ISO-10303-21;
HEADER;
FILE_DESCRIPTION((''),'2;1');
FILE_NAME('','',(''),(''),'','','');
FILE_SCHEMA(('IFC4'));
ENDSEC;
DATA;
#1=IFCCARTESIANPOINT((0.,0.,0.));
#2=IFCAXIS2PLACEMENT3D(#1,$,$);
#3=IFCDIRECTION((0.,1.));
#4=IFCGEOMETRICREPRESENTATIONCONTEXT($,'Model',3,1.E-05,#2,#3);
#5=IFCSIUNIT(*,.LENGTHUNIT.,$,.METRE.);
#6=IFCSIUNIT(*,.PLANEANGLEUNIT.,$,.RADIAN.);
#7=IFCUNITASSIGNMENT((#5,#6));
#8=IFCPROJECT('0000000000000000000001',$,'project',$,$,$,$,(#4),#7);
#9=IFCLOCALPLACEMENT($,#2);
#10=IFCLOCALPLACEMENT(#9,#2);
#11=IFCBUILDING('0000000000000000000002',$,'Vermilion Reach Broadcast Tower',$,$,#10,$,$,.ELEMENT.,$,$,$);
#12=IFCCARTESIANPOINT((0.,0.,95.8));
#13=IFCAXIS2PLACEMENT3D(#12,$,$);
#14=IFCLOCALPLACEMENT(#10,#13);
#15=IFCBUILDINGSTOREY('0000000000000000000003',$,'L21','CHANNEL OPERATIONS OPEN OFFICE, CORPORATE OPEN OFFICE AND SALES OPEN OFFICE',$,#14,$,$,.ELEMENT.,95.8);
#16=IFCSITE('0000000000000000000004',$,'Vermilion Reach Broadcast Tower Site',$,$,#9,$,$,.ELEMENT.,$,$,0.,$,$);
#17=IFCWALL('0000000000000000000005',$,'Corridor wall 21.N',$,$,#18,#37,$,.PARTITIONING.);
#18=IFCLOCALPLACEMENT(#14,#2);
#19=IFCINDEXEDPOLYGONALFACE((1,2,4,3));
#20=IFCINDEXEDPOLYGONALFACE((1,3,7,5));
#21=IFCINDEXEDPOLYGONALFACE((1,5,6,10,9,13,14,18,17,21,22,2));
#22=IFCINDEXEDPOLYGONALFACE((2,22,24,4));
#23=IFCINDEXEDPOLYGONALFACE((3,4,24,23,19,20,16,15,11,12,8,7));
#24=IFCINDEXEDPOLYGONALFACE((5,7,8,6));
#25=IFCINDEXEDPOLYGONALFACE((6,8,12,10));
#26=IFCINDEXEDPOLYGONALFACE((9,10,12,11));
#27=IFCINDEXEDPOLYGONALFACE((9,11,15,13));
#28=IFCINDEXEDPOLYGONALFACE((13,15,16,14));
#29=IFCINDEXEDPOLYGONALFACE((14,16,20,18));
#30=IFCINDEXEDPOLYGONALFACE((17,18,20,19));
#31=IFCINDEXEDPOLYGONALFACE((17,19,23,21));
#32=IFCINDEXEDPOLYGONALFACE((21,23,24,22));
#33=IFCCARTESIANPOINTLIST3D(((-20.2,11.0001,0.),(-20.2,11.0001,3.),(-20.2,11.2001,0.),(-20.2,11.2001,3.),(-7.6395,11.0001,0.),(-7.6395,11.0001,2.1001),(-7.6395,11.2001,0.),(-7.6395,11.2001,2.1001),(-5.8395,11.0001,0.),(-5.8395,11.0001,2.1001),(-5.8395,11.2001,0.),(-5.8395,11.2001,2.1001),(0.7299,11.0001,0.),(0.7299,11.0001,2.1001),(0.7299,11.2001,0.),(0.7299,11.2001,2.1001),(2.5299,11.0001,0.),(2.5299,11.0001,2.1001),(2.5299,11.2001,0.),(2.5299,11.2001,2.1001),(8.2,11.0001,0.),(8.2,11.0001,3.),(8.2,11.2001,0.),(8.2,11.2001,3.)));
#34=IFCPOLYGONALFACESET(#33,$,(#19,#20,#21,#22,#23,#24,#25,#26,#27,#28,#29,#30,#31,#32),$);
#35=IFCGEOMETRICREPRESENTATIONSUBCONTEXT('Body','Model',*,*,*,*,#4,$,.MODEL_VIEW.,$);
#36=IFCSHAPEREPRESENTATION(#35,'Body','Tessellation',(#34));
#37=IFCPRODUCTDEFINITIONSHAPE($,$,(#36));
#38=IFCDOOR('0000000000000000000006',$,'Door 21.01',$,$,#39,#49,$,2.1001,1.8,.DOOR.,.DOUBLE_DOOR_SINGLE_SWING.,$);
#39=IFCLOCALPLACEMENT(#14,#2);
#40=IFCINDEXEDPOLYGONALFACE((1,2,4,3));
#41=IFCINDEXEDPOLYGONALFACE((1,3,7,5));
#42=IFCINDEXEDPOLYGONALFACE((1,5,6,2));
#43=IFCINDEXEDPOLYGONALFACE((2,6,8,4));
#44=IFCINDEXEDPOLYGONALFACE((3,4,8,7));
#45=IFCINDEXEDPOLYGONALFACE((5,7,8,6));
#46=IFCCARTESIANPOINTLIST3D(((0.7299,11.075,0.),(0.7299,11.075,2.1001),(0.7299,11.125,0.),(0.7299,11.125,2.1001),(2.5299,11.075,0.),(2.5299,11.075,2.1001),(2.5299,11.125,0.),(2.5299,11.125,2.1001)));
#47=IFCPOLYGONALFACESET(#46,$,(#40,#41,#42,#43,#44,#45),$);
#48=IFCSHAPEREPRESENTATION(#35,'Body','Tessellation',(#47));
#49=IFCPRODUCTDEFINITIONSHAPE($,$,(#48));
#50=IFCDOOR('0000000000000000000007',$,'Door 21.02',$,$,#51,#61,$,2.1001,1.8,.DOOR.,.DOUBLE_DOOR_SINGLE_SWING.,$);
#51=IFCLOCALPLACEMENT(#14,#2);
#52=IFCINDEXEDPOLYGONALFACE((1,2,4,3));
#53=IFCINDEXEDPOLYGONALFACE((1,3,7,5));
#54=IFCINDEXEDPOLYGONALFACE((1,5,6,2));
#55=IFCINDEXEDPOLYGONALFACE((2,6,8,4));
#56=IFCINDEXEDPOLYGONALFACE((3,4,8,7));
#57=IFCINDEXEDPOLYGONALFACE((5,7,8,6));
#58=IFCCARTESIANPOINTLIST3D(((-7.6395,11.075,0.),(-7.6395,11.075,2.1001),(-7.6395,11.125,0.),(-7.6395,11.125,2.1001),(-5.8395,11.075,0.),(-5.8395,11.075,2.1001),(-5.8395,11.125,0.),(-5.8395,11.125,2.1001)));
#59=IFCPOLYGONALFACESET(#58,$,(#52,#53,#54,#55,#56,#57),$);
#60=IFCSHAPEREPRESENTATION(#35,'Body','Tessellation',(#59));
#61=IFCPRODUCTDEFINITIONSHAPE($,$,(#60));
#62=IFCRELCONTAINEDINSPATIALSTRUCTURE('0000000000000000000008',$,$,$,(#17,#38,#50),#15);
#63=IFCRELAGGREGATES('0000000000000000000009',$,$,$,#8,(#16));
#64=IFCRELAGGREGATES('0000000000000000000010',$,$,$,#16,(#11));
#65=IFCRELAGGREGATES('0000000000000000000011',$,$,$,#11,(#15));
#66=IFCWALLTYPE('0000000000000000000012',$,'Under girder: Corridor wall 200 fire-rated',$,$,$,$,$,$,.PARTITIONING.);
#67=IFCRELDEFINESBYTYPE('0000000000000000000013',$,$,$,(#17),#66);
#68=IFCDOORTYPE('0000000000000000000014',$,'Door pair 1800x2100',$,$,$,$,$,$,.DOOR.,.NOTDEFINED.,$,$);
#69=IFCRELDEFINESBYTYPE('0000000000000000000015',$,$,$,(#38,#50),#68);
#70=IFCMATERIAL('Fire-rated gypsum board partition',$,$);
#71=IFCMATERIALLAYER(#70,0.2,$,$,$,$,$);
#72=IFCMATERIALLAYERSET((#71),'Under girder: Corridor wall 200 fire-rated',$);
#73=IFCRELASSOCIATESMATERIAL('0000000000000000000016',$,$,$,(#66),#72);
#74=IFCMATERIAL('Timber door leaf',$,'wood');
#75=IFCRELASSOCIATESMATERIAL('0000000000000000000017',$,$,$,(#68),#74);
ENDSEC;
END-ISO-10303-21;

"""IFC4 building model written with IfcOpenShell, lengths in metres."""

from ifc_helpers import new_model, si_unit, direction, frame, frame_2d, origin, place, context, subcontext, project, spatial, rectangle, extrude, material, layer, layer_set, type_object, element, fill, save


model = new_model("IFC4")

# Units and contexts
model_context = context("Model", 3, precision=1e-05, world=origin(), true_north=direction((0.0, 1.0)))
body_context = subcontext(model_context, "Body", "Model", "MODEL_VIEW")
ifc_project = project(units=[si_unit("LENGTHUNIT", "METRE"), si_unit("PLANEANGLEUNIT", "RADIAN")], contexts=[model_context])

# Site, building, storey
site_placement = place(None, origin())
site = spatial("IfcSite", under=ifc_project, at=site_placement, Name="Vermilion Reach Broadcast Tower Site", CompositionType="ELEMENT", RefElevation=0.0)
building_placement = place(site_placement, origin())
building = spatial("IfcBuilding", under=site, at=building_placement, Name="Vermilion Reach Broadcast Tower", CompositionType="ELEMENT")
storey_placement = place(building_placement, frame((0.0, 0.0, 95.8)))
storey = spatial("IfcBuildingStorey", under=building, at=storey_placement, Name="L21", Description="CHANNEL OPERATIONS OPEN OFFICE, CORPORATE OPEN OFFICE AND SALES OPEN OFFICE", CompositionType="ELEMENT", Elevation=95.8)

# Wall, openings, doors
ifc_material_1 = material(Name="Fire-rated gypsum board partition")
ifc_layer_1 = layer(ifc_material_1, 0.2)
ifc_layer_set_1 = layer_set([ifc_layer_1], Name="Under girder: Corridor wall 200 fire-rated")
wall_type_1 = type_object("IfcWallType", Name="Under girder: Corridor wall 200 fire-rated", PredefinedType="PARTITIONING", material=ifc_layer_set_1)
wall_1_placement = place(storey_placement, frame((-20.2, 11.1001, 0.0), z_axis=(0.0, 0.0, 1.0), x_axis=(1.0, 0.0, 0.0)))
wall_1 = element("IfcWall", 1, at=wall_1_placement, inside=storey, type_object=wall_type_1, Name="Corridor wall 21.N", PredefinedType="PARTITIONING", context=body_context, shape_type="SweptSolid", body=[
    extrude(rectangle(XDim=28.3999, YDim=0.2, at=frame_2d((14.2, 0.0))), origin(), (0.0, 0.0, 1.0), 3.0),
])
opening_1_placement = place(wall_1_placement, frame((20.9299, 0.0, 0.0)))
opening_1 = element("IfcOpeningElement", 2, at=opening_1_placement, cuts=wall_1, PredefinedType="OPENING", context=body_context, shape_type="SweptSolid", body=[
    extrude(rectangle(XDim=1.8, YDim=2.1001, at=frame_2d((0.8999, 1.05))), frame((0.0, 0.1099, 0.0), z_axis=(0.0, -1.0, 0.0), x_axis=(1.0, 0.0, 0.0)), (0.0, 0.0, 1.0), 0.22),
])
opening_2_placement = place(wall_1_placement, frame((12.5605, 0.0, 0.0)))
opening_2 = element("IfcOpeningElement", 3, at=opening_2_placement, cuts=wall_1, PredefinedType="OPENING", context=body_context, shape_type="SweptSolid", body=[
    extrude(rectangle(XDim=1.8, YDim=2.1001, at=frame_2d((0.8999, 1.05))), frame((0.0, 0.1099, 0.0), z_axis=(0.0, -1.0, 0.0), x_axis=(1.0, 0.0, 0.0)), (0.0, 0.0, 1.0), 0.22),
])
ifc_material_2 = material(Name="Timber door leaf", Category="wood")
door_type_1 = type_object("IfcDoorType", Name="Door pair 1800x2100", OperationType="NOTDEFINED", PredefinedType="DOOR", material=ifc_material_2)
door_1_placement = place(opening_1_placement, origin())
door_1 = element("IfcDoor", 4, at=door_1_placement, inside=storey, type_object=door_type_1, Name="Door 21.01", OperationType="DOUBLE_DOOR_SINGLE_SWING", OverallHeight=2.1001, OverallWidth=1.8, PredefinedType="DOOR", context=body_context, shape_type="SweptSolid", body=[
    extrude(rectangle(XDim=1.8, YDim=2.1001, at=frame_2d((0.8999, 1.05))), frame((0.0, 0.0249, 0.0), z_axis=(0.0, -1.0, 0.0), x_axis=(1.0, 0.0, 0.0)), (0.0, 0.0, 1.0), 0.05),
])
fill(opening_1, door_1)
door_2_placement = place(opening_2_placement, origin())
door_2 = element("IfcDoor", 5, at=door_2_placement, inside=storey, type_object=door_type_1, Name="Door 21.02", OperationType="DOUBLE_DOOR_SINGLE_SWING", OverallHeight=2.1001, OverallWidth=1.8, PredefinedType="DOOR", context=body_context, shape_type="SweptSolid", body=[
    extrude(rectangle(XDim=1.8, YDim=2.1001, at=frame_2d((0.8999, 1.05))), frame((0.0, 0.0249, 0.0), z_axis=(0.0, -1.0, 0.0), x_axis=(1.0, 0.0, 0.0)), (0.0, 0.0, 1.0), 0.05),
])
fill(opening_2, door_2)

save(model, "model.ifc")
